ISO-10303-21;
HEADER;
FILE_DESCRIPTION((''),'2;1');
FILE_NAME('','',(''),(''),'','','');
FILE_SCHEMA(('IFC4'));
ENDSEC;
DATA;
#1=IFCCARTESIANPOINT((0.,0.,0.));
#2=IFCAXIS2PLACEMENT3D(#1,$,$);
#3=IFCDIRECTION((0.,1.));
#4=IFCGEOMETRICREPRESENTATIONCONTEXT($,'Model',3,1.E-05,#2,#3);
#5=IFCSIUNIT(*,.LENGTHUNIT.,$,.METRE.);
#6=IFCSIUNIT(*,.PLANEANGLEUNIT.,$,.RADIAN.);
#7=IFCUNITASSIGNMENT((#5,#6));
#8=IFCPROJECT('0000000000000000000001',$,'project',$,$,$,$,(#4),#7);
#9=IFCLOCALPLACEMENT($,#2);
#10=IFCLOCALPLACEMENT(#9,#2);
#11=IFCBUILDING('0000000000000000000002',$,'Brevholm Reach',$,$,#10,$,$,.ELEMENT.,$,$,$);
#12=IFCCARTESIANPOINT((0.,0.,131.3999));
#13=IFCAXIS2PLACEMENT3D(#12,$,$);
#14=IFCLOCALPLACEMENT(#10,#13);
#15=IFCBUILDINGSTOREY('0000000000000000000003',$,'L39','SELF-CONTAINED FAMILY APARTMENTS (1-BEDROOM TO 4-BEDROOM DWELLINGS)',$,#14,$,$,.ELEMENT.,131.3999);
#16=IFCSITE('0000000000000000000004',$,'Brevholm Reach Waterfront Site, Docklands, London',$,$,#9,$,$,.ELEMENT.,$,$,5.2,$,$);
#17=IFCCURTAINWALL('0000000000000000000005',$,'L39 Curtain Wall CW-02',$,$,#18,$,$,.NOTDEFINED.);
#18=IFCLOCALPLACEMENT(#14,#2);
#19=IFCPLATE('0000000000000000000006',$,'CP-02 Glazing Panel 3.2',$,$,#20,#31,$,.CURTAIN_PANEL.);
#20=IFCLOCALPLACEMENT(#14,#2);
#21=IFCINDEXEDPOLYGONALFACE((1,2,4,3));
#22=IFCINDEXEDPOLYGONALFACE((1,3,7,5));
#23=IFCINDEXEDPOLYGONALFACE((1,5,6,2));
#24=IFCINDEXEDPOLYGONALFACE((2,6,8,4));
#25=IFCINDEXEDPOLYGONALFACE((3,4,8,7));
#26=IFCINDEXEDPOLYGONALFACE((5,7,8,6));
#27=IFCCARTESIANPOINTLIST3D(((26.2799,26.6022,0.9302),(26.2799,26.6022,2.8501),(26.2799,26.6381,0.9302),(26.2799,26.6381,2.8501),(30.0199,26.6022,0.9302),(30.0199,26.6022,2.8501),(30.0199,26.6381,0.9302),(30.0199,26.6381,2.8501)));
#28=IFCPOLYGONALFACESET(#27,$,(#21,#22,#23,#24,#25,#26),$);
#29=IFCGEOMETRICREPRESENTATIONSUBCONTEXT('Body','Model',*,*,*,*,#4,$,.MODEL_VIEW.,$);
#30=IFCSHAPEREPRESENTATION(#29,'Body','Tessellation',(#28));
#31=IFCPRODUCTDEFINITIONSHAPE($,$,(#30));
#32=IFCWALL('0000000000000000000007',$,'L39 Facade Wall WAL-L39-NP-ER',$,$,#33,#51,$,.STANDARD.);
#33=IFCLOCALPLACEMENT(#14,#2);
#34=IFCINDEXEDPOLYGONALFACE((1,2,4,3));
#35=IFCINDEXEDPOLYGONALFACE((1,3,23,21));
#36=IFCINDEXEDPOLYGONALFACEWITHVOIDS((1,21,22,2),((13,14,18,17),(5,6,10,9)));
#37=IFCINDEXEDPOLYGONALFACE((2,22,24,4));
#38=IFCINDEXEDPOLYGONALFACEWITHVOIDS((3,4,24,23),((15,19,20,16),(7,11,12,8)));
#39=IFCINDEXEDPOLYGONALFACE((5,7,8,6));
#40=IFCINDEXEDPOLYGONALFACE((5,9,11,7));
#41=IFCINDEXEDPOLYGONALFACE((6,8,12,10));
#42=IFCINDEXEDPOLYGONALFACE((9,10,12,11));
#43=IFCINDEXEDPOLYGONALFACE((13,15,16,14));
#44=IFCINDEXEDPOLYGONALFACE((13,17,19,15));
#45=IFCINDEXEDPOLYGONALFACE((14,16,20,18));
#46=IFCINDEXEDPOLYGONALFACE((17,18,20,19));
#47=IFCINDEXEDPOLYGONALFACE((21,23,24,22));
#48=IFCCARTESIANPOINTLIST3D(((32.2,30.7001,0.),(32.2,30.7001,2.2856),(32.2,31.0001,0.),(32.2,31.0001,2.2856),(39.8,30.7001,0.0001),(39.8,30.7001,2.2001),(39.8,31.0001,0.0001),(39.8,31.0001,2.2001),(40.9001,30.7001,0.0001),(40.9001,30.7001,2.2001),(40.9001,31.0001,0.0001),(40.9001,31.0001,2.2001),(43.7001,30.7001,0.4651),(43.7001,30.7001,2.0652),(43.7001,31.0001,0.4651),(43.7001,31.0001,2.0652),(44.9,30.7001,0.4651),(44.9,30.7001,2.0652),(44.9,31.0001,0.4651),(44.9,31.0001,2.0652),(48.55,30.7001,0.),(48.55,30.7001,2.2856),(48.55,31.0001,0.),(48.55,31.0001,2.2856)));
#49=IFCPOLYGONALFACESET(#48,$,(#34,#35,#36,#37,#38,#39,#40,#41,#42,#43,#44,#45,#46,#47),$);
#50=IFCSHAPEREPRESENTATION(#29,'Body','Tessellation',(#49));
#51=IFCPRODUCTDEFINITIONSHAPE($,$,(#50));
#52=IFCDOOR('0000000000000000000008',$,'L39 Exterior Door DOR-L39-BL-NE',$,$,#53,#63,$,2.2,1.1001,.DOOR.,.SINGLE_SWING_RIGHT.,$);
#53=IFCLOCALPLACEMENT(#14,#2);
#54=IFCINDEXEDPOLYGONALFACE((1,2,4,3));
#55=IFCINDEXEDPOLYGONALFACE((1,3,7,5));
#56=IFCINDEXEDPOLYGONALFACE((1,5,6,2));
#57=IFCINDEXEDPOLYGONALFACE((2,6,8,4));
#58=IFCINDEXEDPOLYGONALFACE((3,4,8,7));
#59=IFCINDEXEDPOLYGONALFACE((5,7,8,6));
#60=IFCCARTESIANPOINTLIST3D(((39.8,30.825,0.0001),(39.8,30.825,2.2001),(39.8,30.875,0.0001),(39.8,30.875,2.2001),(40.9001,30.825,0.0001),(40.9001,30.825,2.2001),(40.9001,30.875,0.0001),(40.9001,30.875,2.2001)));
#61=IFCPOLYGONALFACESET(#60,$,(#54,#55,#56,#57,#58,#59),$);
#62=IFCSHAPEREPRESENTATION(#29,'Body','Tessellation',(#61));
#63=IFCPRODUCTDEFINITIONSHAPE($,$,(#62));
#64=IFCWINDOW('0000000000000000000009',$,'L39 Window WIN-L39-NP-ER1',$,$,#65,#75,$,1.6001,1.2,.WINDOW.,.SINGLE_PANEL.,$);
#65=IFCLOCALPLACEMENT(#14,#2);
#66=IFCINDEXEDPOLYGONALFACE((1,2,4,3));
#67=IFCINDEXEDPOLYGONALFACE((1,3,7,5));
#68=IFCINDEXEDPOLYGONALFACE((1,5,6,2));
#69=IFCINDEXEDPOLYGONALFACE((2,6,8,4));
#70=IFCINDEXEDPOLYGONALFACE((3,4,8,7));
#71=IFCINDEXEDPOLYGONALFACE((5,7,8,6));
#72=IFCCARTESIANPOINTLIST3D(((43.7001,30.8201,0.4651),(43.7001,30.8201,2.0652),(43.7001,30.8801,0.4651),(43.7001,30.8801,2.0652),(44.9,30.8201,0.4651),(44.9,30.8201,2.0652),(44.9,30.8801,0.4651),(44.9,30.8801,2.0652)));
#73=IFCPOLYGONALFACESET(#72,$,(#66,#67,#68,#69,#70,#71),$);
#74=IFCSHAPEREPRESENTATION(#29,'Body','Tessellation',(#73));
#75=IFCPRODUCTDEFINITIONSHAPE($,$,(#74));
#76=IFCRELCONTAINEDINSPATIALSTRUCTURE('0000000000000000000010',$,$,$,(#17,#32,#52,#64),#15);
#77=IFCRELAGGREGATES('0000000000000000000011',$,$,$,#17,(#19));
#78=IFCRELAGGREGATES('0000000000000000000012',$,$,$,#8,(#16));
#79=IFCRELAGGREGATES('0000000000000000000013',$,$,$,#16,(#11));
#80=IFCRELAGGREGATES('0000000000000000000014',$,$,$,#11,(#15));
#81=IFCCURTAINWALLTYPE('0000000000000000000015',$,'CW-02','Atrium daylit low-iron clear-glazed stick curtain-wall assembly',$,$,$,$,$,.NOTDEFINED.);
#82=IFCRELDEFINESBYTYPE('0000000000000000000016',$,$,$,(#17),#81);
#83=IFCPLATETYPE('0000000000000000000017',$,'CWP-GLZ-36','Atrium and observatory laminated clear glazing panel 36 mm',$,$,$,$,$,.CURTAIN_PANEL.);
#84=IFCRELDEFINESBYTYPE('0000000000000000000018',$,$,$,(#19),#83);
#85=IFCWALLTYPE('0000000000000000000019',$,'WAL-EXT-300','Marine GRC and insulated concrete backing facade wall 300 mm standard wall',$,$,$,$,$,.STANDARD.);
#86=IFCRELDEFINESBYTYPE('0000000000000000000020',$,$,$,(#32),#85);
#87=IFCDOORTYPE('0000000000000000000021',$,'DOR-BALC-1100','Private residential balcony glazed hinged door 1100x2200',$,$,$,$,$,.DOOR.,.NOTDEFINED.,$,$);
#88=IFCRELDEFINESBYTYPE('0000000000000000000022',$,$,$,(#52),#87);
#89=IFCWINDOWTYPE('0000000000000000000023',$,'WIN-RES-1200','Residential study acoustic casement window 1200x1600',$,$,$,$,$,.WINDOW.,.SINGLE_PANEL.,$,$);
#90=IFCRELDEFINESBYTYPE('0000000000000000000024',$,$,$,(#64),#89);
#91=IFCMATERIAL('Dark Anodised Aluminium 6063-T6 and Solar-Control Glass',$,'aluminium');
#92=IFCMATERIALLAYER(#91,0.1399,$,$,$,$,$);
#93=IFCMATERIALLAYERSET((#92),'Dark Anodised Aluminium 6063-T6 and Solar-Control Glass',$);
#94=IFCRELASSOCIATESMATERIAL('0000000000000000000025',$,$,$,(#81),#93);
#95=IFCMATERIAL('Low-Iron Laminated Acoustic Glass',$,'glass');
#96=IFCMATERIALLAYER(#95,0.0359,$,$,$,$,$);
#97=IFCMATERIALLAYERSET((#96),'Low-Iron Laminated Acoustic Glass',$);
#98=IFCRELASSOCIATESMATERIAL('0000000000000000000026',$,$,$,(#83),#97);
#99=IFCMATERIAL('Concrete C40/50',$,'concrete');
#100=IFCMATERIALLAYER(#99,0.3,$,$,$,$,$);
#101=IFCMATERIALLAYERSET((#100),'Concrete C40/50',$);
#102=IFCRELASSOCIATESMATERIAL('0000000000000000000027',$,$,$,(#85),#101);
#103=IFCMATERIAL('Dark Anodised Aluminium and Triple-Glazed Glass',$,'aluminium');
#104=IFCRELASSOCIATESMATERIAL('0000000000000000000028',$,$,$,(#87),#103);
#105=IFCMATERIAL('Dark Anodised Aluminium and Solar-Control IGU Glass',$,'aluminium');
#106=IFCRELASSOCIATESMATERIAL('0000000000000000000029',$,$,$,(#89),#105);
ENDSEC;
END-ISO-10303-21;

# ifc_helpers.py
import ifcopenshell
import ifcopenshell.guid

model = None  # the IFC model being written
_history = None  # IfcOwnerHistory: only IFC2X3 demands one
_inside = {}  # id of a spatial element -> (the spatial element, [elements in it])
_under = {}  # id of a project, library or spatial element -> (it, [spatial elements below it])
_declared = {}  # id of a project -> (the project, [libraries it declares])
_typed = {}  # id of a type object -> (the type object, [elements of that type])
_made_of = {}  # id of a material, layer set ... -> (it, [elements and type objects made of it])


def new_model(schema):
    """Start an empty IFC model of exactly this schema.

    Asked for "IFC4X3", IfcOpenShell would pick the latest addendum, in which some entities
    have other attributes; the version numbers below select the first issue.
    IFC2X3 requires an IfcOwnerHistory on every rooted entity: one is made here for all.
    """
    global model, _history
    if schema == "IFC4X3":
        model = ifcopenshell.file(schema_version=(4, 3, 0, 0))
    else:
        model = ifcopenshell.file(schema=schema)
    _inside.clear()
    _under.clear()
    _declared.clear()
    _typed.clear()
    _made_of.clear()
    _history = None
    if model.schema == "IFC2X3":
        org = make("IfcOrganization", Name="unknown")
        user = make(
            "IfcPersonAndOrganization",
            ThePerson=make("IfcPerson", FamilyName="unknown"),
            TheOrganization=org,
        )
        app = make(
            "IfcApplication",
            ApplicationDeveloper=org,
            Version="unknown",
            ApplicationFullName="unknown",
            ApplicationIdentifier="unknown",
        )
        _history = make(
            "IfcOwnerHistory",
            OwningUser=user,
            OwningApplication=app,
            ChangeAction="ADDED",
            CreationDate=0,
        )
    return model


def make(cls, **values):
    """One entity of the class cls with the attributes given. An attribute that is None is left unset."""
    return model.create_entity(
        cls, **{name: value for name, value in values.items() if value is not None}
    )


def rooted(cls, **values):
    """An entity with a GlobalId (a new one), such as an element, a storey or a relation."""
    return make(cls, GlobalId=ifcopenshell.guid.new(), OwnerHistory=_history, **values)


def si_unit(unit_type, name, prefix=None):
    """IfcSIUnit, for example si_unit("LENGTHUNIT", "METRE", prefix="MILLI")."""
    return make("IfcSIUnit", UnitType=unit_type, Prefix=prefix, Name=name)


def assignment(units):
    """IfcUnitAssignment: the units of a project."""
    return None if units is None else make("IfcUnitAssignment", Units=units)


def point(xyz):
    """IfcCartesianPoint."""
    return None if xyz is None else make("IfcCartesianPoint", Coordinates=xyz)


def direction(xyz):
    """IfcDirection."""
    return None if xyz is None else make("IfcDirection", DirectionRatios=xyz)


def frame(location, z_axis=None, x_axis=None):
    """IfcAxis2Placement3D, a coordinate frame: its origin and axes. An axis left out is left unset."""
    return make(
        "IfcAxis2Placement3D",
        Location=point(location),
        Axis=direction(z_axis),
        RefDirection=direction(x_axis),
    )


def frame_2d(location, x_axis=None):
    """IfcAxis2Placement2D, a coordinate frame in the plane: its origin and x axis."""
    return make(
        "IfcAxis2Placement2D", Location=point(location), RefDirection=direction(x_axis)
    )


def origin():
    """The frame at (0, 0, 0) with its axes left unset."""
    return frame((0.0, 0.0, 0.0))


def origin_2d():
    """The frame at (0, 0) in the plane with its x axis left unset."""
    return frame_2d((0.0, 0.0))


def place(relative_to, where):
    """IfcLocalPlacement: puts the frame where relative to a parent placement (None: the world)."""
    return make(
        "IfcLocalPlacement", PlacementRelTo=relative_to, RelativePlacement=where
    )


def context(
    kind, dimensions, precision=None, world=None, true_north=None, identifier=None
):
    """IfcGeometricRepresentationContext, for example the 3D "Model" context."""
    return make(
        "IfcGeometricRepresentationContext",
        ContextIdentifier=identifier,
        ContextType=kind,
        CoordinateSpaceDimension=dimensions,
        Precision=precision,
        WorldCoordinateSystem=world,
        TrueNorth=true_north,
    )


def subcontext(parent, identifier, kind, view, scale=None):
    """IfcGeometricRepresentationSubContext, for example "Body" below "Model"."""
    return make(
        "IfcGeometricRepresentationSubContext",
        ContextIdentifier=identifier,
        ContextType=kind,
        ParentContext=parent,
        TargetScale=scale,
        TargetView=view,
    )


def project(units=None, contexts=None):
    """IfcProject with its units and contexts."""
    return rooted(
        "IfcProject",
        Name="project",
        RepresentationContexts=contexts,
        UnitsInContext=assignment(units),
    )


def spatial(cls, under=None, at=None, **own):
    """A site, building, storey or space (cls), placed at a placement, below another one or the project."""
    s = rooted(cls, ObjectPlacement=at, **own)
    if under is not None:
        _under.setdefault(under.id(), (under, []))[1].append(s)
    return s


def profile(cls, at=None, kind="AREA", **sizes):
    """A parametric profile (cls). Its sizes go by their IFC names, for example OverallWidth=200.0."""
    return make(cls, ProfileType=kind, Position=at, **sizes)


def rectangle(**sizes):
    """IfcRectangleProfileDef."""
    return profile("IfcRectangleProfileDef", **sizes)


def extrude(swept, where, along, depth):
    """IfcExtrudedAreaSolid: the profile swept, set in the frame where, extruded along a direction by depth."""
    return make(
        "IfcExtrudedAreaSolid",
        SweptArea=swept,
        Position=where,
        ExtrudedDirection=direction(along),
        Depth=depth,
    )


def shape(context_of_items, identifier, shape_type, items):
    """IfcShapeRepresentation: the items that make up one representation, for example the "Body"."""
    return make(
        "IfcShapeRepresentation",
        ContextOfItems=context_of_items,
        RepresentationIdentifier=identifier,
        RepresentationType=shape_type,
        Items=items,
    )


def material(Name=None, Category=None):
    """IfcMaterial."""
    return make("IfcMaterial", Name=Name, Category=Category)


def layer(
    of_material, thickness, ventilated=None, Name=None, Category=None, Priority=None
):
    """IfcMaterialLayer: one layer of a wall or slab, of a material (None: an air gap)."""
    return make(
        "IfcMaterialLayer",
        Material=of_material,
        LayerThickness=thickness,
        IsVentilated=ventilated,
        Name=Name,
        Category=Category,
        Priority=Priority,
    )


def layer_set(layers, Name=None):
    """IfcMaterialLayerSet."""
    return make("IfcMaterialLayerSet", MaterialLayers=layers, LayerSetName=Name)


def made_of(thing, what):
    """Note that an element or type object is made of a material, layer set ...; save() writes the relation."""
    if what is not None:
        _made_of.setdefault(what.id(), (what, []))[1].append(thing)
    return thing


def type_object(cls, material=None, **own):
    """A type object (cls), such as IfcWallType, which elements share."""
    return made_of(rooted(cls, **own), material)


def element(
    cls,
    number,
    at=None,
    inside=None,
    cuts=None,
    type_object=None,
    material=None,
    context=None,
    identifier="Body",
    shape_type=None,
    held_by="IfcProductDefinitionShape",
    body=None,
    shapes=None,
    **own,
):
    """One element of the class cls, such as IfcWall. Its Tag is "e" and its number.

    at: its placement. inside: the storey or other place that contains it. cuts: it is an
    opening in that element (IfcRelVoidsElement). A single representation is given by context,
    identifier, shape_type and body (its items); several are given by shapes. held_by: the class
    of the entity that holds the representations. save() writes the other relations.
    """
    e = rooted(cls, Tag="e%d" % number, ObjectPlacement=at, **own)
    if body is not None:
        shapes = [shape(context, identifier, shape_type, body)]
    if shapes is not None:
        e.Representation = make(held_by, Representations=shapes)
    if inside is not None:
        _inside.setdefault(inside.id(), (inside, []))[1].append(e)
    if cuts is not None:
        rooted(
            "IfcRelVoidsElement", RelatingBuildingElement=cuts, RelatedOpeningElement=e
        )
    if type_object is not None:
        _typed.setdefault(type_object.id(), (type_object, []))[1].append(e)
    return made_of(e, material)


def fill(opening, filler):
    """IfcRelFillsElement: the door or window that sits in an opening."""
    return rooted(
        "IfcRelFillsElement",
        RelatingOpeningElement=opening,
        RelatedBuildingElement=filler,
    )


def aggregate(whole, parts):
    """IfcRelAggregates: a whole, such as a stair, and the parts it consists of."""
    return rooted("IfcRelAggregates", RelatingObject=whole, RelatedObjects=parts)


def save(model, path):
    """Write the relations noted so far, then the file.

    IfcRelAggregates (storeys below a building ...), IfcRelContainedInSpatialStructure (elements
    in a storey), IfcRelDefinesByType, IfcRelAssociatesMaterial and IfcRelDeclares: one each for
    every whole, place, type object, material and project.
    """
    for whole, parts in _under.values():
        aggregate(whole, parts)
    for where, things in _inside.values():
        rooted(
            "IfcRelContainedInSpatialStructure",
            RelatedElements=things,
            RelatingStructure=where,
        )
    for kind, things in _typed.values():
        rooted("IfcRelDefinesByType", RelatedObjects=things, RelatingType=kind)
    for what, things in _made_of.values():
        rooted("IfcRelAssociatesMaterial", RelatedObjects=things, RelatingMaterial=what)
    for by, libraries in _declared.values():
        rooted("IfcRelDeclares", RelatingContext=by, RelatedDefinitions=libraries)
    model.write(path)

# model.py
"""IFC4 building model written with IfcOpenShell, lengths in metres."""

from ifc_helpers import new_model, si_unit, direction, frame, frame_2d, origin, origin_2d, place, context, subcontext, project, spatial, rectangle, extrude, material, layer, layer_set, type_object, element, fill, aggregate, save


model = new_model("IFC4")

# Units and contexts
model_context = context("Model", 3, precision=1e-05, world=origin(), true_north=direction((0.0, 1.0)))
body_context = subcontext(model_context, "Body", "Model", "MODEL_VIEW")
ifc_project = project(units=[si_unit("LENGTHUNIT", "METRE"), si_unit("PLANEANGLEUNIT", "RADIAN")], contexts=[model_context])

# Site, building, storey
site_placement = place(None, origin())
site = spatial("IfcSite", under=ifc_project, at=site_placement, Name="Brevholm Reach Waterfront Site, Docklands, London", CompositionType="ELEMENT", RefElevation=5.2)
building_placement = place(site_placement, origin())
building = spatial("IfcBuilding", under=site, at=building_placement, Name="Brevholm Reach", CompositionType="ELEMENT")
storey_placement = place(building_placement, frame((0.0, 0.0, 131.3999)))
storey = spatial("IfcBuildingStorey", under=building, at=storey_placement, Name="L39", Description="SELF-CONTAINED FAMILY APARTMENTS (1-BEDROOM TO 4-BEDROOM DWELLINGS)", CompositionType="ELEMENT", Elevation=131.3999)

# Curtain wall
ifc_material_1 = material(Name="Dark Anodised Aluminium 6063-T6 and Solar-Control Glass", Category="aluminium")
ifc_layer_1 = layer(ifc_material_1, 0.1399)
ifc_layer_set_1 = layer_set([ifc_layer_1], Name="Dark Anodised Aluminium 6063-T6 and Solar-Control Glass")
curtain_wall_type_1 = type_object("IfcCurtainWallType", Name="CW-02", Description="Atrium daylit low-iron clear-glazed stick curtain-wall assembly", PredefinedType="NOTDEFINED", material=ifc_layer_set_1)
curtain_wall_1_placement = place(storey_placement, origin())
curtain_wall_1 = element("IfcCurtainWall", 1, at=curtain_wall_1_placement, inside=storey, type_object=curtain_wall_type_1, Name="L39 Curtain Wall CW-02", PredefinedType="NOTDEFINED")

# Plate
ifc_material_2 = material(Name="Low-Iron Laminated Acoustic Glass", Category="glass")
ifc_layer_2 = layer(ifc_material_2, 0.0359)
ifc_layer_set_2 = layer_set([ifc_layer_2], Name="Low-Iron Laminated Acoustic Glass")
plate_type_1 = type_object("IfcPlateType", Name="CWP-GLZ-36", Description="Atrium and observatory laminated clear glazing panel 36 mm", PredefinedType="CURTAIN_PANEL", material=ifc_layer_set_2)
plate_1_placement = place(storey_placement, frame((28.1499, 26.6201, 0.9302), z_axis=(0.0, 0.0, 1.0), x_axis=(-1.0, 0.0, 0.0)))
plate_1 = element("IfcPlate", 2, at=plate_1_placement, type_object=plate_type_1, Name="CP-02 Glazing Panel 3.2", PredefinedType="CURTAIN_PANEL", context=body_context, shape_type="SweptSolid", body=[
    extrude(rectangle(XDim=3.74, YDim=0.0359, at=origin_2d()), origin(), (0.0, 0.0, 1.0), 1.9199),
])
aggregate(curtain_wall_1, [plate_1])

# Wall, openings, door, window
ifc_material_3 = material(Name="Concrete C40/50", Category="concrete")
ifc_layer_3 = layer(ifc_material_3, 0.3)
ifc_layer_set_3 = layer_set([ifc_layer_3], Name="Concrete C40/50")
wall_type = type_object("IfcWallType", Name="WAL-EXT-300", Description="Marine GRC and insulated concrete backing facade wall 300 mm standard wall", PredefinedType="STANDARD", material=ifc_layer_set_3)
wall_placement = place(storey_placement, frame((32.2, 30.8501, 0.0), z_axis=(0.0, 0.0, 1.0), x_axis=(1.0, 0.0, 0.0)))
wall = element("IfcWall", 3, at=wall_placement, inside=storey, type_object=wall_type, Name="L39 Facade Wall WAL-L39-NP-ER", PredefinedType="STANDARD", context=body_context, shape_type="SweptSolid", body=[
    extrude(rectangle(XDim=16.3501, YDim=0.3, at=frame_2d((8.175, 0.0))), origin(), (0.0, 0.0, 1.0), 2.2856),
])
opening_1_placement = place(wall_placement, frame((7.6001, 0.0, 0.0)))
opening_1 = element("IfcOpeningElement", 4, at=opening_1_placement, cuts=wall, PredefinedType="OPENING", context=body_context, shape_type="SweptSolid", body=[
    extrude(rectangle(XDim=1.1001, YDim=2.2, at=frame_2d((0.55, 1.1001))), frame((0.0, 0.1599, 0.0), z_axis=(0.0, -1.0, 0.0), x_axis=(1.0, 0.0, 0.0)), (0.0, 0.0, 1.0), 0.3201),
])
opening_2_placement = place(wall_placement, frame((11.5, 0.0, 0.4651)))
opening_2 = element("IfcOpeningElement", 5, at=opening_2_placement, cuts=wall, PredefinedType="OPENING", context=body_context, shape_type="SweptSolid", body=[
    extrude(rectangle(XDim=1.2, YDim=1.6001, at=frame_2d((0.6001, 0.8))), frame((0.0, 0.1599, 0.0), z_axis=(0.0, -1.0, 0.0), x_axis=(1.0, 0.0, 0.0)), (0.0, 0.0, 1.0), 0.3201),
])
ifc_material_4 = material(Name="Dark Anodised Aluminium and Triple-Glazed Glass", Category="aluminium")
door_type = type_object("IfcDoorType", Name="DOR-BALC-1100", Description="Private residential balcony glazed hinged door 1100x2200", OperationType="NOTDEFINED", PredefinedType="DOOR", material=ifc_material_4)
door_placement = place(opening_1_placement, origin())
door = element("IfcDoor", 6, at=door_placement, inside=storey, type_object=door_type, Name="L39 Exterior Door DOR-L39-BL-NE", OperationType="SINGLE_SWING_RIGHT", OverallHeight=2.2, OverallWidth=1.1001, PredefinedType="DOOR", context=body_context, shape_type="SweptSolid", body=[
    extrude(rectangle(XDim=1.1001, YDim=2.2, at=frame_2d((0.55, 1.1001))), frame((0.0, 0.0249, 0.0), z_axis=(0.0, -1.0, 0.0), x_axis=(1.0, 0.0, 0.0)), (0.0, 0.0, 1.0), 0.05),
])
fill(opening_1, door)
ifc_material_5 = material(Name="Dark Anodised Aluminium and Solar-Control IGU Glass", Category="aluminium")
window_type = type_object("IfcWindowType", Name="WIN-RES-1200", Description="Residential study acoustic casement window 1200x1600", PartitioningType="SINGLE_PANEL", PredefinedType="WINDOW", material=ifc_material_5)
window_placement = place(opening_2_placement, origin())
window = element("IfcWindow", 7, at=window_placement, inside=storey, type_object=window_type, Name="L39 Window WIN-L39-NP-ER1", OverallHeight=1.6001, OverallWidth=1.2, PartitioningType="SINGLE_PANEL", PredefinedType="WINDOW", context=body_context, shape_type="SweptSolid", body=[
    extrude(rectangle(XDim=1.2, YDim=1.6001, at=frame_2d((0.6001, 0.8))), frame((0.0, 0.03, 0.0), z_axis=(0.0, -1.0, 0.0), x_axis=(1.0, 0.0, 0.0)), (0.0, 0.0, 1.0), 0.0601),
])
fill(opening_2, window)

save(model, "model.ifc")
